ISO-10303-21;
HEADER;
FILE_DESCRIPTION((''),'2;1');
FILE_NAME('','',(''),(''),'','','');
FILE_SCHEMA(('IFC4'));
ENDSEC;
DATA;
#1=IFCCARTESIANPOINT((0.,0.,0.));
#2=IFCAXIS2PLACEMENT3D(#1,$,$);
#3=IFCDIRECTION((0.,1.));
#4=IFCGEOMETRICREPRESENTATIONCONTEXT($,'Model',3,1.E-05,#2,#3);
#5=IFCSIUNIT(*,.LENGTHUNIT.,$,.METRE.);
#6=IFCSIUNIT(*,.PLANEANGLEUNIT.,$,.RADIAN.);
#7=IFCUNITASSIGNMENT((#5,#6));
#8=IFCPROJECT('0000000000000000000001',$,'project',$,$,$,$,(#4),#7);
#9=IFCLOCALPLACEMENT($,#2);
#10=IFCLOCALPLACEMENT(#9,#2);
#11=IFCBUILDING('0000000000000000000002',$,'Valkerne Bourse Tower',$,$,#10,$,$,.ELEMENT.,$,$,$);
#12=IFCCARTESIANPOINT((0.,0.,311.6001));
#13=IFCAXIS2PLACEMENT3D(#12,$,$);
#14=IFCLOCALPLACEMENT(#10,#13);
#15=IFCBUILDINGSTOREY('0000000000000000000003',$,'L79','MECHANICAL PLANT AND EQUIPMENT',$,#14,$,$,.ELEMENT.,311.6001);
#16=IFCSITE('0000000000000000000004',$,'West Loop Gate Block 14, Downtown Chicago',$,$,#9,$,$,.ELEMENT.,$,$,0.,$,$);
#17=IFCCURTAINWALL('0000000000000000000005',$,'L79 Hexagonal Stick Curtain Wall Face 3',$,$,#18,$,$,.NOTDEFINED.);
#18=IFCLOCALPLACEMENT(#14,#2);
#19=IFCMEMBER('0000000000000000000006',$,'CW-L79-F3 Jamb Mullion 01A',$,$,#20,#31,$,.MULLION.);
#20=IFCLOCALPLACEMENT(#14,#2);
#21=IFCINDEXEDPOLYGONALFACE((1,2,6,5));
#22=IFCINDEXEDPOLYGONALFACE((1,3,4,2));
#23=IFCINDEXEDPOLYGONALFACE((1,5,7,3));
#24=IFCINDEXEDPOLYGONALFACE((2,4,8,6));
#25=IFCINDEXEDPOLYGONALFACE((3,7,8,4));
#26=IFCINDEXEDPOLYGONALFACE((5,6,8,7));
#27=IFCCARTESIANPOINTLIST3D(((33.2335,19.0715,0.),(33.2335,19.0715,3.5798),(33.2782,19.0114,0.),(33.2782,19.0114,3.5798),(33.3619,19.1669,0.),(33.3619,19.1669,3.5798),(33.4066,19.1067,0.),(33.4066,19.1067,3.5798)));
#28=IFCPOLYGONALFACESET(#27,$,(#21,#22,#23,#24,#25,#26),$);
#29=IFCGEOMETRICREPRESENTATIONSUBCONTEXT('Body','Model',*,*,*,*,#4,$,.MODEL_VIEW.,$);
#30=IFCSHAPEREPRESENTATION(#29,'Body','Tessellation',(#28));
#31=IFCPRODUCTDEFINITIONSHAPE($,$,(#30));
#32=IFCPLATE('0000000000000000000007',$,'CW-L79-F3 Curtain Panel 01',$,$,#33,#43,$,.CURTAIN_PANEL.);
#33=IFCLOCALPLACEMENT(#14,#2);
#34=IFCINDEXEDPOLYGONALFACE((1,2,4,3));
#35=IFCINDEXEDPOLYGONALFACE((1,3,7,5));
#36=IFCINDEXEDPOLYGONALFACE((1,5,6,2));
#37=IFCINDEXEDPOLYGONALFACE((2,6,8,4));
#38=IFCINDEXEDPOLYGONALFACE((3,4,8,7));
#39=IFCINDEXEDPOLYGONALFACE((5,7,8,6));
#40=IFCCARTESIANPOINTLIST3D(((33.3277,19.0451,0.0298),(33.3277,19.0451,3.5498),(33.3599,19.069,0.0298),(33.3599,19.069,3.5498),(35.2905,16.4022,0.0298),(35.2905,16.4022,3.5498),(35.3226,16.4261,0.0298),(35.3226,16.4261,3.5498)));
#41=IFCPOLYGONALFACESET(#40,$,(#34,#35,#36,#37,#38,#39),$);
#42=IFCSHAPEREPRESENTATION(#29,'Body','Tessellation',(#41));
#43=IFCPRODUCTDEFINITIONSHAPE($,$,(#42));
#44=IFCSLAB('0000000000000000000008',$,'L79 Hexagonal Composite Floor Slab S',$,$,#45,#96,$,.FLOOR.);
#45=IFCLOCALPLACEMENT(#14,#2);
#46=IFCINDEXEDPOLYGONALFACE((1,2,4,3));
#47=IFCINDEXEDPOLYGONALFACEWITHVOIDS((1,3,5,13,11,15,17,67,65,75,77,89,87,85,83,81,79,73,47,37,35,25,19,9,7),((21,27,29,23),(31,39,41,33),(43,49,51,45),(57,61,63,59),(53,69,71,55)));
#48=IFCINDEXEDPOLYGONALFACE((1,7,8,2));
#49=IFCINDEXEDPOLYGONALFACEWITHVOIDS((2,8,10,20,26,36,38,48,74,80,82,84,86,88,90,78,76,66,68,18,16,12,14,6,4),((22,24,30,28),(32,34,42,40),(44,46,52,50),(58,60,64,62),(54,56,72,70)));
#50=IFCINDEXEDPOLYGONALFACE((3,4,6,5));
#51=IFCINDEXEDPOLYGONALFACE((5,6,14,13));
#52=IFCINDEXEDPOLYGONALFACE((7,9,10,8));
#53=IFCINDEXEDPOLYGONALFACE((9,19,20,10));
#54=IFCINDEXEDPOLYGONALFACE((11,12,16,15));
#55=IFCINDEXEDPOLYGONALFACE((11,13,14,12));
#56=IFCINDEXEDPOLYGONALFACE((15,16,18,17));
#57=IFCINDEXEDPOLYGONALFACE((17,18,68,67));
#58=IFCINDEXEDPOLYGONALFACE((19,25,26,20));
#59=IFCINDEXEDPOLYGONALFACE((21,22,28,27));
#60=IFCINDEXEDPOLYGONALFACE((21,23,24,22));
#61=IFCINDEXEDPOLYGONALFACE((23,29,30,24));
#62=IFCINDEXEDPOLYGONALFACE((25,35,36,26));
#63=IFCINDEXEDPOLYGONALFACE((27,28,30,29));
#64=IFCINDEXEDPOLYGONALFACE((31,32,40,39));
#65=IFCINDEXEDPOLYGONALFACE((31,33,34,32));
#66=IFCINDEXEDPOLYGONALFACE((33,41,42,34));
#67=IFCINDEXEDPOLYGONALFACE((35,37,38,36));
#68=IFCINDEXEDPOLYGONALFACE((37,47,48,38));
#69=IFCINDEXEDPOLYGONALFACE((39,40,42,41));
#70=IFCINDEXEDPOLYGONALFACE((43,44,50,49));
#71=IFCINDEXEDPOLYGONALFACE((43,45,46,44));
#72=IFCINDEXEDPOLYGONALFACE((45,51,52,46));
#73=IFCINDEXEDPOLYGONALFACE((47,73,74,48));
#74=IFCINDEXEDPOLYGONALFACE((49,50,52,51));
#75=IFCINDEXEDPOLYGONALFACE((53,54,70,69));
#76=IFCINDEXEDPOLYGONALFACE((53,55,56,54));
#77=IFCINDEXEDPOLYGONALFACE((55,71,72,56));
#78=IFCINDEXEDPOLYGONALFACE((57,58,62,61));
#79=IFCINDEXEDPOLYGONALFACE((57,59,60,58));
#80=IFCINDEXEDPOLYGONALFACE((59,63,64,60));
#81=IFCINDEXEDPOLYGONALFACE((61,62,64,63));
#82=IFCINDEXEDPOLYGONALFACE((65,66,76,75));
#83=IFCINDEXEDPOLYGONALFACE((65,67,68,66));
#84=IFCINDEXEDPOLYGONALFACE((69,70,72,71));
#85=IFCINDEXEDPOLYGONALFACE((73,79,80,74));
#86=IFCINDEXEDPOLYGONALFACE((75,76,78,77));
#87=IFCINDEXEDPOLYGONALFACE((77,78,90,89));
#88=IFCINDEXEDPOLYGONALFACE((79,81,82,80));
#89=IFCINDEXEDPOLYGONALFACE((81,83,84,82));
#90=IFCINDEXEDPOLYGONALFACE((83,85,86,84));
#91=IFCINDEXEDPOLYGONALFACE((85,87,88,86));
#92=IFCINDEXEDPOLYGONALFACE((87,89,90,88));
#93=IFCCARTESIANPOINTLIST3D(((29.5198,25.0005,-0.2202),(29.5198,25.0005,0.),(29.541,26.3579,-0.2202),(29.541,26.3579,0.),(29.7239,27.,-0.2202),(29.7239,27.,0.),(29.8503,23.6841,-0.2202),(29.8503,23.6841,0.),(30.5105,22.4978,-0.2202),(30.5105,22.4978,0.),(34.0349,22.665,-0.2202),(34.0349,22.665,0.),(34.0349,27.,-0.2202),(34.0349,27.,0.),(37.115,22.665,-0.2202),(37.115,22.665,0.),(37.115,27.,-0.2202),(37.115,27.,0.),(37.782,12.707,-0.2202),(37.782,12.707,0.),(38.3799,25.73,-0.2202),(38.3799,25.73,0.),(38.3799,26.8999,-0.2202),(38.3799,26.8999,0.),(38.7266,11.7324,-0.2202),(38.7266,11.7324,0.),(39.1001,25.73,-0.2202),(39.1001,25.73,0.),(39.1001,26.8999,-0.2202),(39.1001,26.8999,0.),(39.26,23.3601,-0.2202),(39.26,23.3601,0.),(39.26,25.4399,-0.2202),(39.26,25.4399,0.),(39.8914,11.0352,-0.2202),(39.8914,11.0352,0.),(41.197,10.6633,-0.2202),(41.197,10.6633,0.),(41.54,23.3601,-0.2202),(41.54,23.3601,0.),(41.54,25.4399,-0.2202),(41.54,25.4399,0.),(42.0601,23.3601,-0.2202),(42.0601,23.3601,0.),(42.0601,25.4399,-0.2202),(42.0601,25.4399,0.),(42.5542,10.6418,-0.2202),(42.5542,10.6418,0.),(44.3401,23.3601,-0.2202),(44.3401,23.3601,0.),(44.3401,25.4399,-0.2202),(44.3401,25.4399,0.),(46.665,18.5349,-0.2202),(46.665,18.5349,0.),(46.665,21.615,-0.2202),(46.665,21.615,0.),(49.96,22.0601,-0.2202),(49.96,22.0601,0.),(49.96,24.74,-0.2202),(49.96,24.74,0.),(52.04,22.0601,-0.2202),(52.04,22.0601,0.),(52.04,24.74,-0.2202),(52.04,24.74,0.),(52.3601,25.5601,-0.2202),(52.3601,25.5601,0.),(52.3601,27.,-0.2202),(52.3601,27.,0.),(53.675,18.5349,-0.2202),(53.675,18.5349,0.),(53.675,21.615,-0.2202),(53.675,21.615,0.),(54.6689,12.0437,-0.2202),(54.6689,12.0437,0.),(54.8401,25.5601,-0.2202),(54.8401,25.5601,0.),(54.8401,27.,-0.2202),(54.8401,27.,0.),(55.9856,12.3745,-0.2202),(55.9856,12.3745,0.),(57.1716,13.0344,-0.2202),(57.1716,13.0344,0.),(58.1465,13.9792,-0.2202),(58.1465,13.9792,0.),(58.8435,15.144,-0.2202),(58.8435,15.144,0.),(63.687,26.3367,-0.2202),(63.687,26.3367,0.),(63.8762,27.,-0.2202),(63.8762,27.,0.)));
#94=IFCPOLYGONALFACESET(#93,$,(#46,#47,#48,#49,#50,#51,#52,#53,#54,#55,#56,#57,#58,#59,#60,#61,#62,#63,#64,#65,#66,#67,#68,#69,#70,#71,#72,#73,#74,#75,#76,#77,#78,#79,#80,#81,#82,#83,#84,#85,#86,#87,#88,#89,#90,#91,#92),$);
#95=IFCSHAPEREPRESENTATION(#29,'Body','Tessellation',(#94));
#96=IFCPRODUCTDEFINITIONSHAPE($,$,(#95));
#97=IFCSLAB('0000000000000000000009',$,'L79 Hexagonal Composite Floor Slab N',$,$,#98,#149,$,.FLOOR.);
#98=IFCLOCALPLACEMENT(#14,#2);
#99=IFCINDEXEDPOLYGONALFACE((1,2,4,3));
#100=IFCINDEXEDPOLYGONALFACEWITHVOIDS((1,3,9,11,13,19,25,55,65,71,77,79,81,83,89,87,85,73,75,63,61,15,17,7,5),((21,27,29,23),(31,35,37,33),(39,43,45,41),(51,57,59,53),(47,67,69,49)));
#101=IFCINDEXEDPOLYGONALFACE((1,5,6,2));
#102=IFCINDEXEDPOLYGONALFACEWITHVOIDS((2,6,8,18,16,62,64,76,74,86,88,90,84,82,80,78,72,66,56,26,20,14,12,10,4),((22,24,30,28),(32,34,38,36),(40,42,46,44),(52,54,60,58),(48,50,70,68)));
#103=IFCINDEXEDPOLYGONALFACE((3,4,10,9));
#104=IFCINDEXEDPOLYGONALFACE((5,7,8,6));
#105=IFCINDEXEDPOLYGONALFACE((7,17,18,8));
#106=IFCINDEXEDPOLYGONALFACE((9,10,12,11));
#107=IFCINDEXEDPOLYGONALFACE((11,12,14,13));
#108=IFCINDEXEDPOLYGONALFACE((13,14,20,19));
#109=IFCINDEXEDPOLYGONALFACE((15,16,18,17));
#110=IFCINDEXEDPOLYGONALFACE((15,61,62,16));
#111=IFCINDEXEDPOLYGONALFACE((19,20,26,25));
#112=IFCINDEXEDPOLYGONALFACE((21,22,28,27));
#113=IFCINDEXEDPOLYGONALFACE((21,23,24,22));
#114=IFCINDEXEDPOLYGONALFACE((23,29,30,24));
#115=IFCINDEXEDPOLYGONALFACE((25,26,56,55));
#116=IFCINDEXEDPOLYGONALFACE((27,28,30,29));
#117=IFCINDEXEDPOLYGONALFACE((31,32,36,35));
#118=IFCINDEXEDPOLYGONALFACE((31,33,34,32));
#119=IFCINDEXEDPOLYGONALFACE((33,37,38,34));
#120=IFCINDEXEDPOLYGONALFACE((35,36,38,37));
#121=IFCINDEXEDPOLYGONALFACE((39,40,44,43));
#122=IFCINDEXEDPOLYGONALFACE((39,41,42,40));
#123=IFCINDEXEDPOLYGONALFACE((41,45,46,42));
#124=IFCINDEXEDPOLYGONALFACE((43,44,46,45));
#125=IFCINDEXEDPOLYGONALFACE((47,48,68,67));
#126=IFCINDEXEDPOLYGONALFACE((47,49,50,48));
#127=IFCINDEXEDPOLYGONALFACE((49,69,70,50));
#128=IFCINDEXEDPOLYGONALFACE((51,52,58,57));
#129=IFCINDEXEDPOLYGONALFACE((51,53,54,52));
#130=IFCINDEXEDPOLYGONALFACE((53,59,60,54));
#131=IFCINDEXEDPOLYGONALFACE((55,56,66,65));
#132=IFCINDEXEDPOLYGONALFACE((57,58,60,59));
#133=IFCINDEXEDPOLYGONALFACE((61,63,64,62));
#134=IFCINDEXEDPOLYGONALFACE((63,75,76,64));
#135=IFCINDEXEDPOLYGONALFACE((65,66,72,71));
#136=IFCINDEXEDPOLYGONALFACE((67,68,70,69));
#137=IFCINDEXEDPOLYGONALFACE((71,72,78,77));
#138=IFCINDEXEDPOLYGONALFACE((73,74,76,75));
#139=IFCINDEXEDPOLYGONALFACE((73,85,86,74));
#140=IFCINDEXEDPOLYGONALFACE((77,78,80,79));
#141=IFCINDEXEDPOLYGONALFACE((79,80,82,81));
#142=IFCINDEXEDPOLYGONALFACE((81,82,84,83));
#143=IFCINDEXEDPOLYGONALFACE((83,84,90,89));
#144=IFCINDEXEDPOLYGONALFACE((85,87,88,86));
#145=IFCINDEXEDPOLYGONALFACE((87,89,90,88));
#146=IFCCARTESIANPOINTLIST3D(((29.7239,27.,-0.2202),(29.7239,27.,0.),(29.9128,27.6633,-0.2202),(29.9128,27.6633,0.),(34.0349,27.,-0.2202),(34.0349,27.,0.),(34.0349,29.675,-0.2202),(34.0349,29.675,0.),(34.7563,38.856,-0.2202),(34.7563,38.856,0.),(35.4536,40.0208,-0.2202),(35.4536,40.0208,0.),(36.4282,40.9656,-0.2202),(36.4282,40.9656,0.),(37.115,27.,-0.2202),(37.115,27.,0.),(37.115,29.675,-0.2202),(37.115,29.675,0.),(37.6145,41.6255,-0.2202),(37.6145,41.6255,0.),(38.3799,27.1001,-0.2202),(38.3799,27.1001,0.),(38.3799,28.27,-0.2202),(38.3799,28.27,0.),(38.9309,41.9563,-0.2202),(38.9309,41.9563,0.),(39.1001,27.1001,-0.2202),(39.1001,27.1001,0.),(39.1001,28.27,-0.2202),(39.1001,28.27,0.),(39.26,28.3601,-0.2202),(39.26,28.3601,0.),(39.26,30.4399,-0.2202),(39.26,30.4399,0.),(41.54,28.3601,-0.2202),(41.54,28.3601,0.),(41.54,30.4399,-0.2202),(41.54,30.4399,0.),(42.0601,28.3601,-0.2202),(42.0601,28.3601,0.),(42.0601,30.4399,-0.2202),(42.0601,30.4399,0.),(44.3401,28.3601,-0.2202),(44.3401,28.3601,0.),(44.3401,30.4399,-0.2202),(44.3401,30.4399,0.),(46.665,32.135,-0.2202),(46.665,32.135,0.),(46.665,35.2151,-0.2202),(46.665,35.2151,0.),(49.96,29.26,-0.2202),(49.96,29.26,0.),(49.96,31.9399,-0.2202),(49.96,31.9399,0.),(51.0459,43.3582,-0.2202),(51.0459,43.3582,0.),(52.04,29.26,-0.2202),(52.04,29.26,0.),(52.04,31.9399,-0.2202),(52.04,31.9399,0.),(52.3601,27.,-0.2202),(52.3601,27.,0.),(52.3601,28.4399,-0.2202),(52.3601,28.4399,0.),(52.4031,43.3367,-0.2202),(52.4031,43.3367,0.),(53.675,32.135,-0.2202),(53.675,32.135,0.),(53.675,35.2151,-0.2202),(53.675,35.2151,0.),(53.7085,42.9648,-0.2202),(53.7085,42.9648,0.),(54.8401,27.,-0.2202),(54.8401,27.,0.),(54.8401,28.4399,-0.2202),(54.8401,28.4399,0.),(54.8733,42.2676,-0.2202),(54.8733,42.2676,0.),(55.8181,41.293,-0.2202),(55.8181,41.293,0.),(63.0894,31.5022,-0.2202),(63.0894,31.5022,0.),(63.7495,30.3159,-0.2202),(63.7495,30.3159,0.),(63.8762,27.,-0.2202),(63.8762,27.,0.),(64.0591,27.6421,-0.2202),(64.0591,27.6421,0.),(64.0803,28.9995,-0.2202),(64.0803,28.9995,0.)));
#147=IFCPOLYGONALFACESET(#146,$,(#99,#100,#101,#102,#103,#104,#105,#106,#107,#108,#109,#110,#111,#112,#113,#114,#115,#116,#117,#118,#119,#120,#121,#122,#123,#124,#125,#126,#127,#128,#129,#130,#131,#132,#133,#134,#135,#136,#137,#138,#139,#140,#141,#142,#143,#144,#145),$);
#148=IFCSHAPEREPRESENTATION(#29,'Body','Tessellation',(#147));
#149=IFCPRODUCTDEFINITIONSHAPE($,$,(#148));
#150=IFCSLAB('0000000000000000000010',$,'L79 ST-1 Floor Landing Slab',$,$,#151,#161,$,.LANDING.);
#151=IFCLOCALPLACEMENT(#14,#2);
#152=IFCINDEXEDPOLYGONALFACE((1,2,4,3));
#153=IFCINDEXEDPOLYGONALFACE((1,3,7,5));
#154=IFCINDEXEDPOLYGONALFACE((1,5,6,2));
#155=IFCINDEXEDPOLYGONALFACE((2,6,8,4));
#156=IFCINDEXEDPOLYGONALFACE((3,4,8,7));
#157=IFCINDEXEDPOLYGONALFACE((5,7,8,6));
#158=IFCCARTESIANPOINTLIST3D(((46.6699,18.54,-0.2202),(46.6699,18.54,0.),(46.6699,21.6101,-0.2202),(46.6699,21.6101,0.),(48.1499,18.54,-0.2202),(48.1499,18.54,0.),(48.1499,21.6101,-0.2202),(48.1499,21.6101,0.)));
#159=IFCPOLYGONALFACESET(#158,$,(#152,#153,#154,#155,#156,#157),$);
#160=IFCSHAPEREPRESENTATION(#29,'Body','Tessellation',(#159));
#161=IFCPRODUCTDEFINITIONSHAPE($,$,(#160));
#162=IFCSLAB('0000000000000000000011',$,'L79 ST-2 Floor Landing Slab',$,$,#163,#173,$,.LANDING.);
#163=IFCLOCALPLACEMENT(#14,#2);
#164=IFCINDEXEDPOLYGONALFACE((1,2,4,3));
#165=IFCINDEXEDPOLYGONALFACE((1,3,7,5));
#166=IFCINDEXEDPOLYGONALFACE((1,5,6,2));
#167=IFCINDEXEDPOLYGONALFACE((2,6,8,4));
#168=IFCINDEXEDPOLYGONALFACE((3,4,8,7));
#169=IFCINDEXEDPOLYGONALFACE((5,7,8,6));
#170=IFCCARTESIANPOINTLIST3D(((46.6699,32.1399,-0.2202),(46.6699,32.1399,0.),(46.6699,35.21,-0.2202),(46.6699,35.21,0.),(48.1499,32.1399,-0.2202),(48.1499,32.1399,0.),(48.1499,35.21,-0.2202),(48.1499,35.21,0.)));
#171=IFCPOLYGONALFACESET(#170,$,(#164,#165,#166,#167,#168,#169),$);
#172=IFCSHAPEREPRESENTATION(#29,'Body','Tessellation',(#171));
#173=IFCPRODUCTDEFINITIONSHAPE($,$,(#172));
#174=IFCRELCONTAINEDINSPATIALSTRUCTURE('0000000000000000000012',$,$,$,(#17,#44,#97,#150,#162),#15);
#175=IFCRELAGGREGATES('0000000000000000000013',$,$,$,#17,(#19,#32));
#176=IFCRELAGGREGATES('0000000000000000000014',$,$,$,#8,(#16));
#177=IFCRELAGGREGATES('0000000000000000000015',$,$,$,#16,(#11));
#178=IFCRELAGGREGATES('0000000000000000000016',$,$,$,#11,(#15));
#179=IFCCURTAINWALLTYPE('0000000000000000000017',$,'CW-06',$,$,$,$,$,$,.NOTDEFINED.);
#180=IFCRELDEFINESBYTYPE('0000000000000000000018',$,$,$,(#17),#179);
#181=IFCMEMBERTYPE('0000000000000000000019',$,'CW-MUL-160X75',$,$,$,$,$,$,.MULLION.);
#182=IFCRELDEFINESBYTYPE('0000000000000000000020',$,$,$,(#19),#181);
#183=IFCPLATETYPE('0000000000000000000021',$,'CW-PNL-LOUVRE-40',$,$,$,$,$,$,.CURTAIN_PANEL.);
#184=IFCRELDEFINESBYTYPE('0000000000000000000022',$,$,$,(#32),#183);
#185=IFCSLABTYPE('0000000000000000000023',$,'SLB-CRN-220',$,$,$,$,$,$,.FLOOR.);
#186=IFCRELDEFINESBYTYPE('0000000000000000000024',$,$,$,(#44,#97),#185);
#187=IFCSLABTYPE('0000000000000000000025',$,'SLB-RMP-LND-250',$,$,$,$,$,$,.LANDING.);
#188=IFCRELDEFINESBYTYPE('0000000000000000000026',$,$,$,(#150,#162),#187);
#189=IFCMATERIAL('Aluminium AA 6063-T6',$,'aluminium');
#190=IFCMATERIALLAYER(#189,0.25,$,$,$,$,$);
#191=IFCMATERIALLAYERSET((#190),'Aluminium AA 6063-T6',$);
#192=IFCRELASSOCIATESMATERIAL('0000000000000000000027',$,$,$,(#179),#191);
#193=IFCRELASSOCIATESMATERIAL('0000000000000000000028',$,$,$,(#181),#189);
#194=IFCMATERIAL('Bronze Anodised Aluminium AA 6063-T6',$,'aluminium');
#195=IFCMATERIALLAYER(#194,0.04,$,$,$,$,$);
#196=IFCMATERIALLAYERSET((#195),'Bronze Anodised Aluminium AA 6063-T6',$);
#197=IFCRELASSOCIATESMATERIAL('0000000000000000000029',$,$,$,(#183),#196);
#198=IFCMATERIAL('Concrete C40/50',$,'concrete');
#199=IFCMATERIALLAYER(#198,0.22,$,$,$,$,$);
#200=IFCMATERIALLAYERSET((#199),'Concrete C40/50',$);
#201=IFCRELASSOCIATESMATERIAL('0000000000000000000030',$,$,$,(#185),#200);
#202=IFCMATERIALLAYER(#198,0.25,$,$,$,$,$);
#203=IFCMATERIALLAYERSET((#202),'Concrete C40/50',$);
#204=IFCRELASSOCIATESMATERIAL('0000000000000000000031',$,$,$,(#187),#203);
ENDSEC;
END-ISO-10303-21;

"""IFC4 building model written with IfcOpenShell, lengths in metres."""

from ifc_helpers import new_model, si_unit, direction, frame, origin, origin_2d, place, context, subcontext, project, spatial, polyline, rectangle, outline, extrude, material, layer, layer_set, material_profile, profile_set, type_object, element, aggregate, save


model = new_model("IFC4")

# Units and contexts
model_context = context("Model", 3, precision=1e-05, world=origin(), true_north=direction((0.0, 1.0)))
body_context = subcontext(model_context, "Body", "Model", "MODEL_VIEW")
ifc_project = project(units=[si_unit("LENGTHUNIT", "METRE"), si_unit("PLANEANGLEUNIT", "RADIAN")], contexts=[model_context])

# Site, building, storey
site_placement = place(None, origin())
site = spatial("IfcSite", under=ifc_project, at=site_placement, Name="West Loop Gate Block 14, Downtown Chicago", CompositionType="ELEMENT", RefElevation=0.0)
building_placement = place(site_placement, origin())
building = spatial("IfcBuilding", under=site, at=building_placement, Name="Valkerne Bourse Tower", CompositionType="ELEMENT")
storey_placement = place(building_placement, frame((0.0, 0.0, 311.6001)))
storey = spatial("IfcBuildingStorey", under=building, at=storey_placement, Name="L79", Description="MECHANICAL PLANT AND EQUIPMENT", CompositionType="ELEMENT", Elevation=311.6001)

# Curtain wall, member, plate
ifc_material_1 = material(Name="Aluminium AA 6063-T6", Category="aluminium")
ifc_layer_1 = layer(ifc_material_1, 0.25)
ifc_layer_set_1 = layer_set([ifc_layer_1], Name="Aluminium AA 6063-T6")
curtain_wall_type = type_object("IfcCurtainWallType", Name="CW-06", PredefinedType="NOTDEFINED", material=ifc_layer_set_1)
curtain_wall_placement = place(storey_placement, origin())
curtain_wall = element("IfcCurtainWall", 1, at=curtain_wall_placement, inside=storey, type_object=curtain_wall_type, Name="L79 Hexagonal Stick Curtain Wall Face 3", PredefinedType="NOTDEFINED")
ifc_material_profile = material_profile(ifc_material_1, rectangle(XDim=0.075, YDim=0.1599, at=origin_2d()), Name="CWM-75X160")
ifc_profile_set = profile_set([ifc_material_profile], Name="Aluminium AA 6063-T6")
member_type = type_object("IfcMemberType", Name="CW-MUL-160X75", PredefinedType="MULLION", material=ifc_profile_set)
member_placement = place(storey_placement, frame((33.3201, 19.0891, 0.0), z_axis=(0.0, 0.0, 1.0), x_axis=(0.596221, -0.80282, 0.0)))
member = element("IfcMember", 2, at=member_placement, type_object=member_type, Name="CW-L79-F3 Jamb Mullion 01A", PredefinedType="MULLION", context=body_context, shape_type="SweptSolid", body=[
    extrude(rectangle(XDim=0.075, YDim=0.1599, at=origin_2d()), origin(), (0.0, 0.0, 1.0), 3.5798),
])
ifc_material_2 = material(Name="Bronze Anodised Aluminium AA 6063-T6", Category="aluminium")
ifc_layer_2 = layer(ifc_material_2, 0.04)
ifc_layer_set_2 = layer_set([ifc_layer_2], Name="Bronze Anodised Aluminium AA 6063-T6")
plate_type = type_object("IfcPlateType", Name="CW-PNL-LOUVRE-40", PredefinedType="CURTAIN_PANEL", material=ifc_layer_set_2)
plate_placement = place(storey_placement, frame((34.3252, 17.7356, 0.0298), z_axis=(0.0, 0.0, 1.0), x_axis=(0.596221, -0.80282, 0.0)))
plate = element("IfcPlate", 3, at=plate_placement, type_object=plate_type, Name="CW-L79-F3 Curtain Panel 01", PredefinedType="CURTAIN_PANEL", context=body_context, shape_type="SweptSolid", body=[
    extrude(rectangle(XDim=3.292, YDim=0.04, at=origin_2d()), origin(), (0.0, 0.0, 1.0), 3.52),
])
aggregate(curtain_wall, [member, plate])

# Slabs
ifc_material_3 = material(Name="Concrete C40/50", Category="concrete")
ifc_layer_3 = layer(ifc_material_3, 0.22)
ifc_layer_set_3 = layer_set([ifc_layer_3], Name="Concrete C40/50")
slab_type_1 = type_object("IfcSlabType", Name="SLB-CRN-220", PredefinedType="FLOOR", material=ifc_layer_set_3)
slab_1_placement = place(storey_placement, frame((0.0, 0.0, -0.2202)))
element("IfcSlab", 4, at=slab_1_placement, inside=storey, type_object=slab_type_1, Name="L79 Hexagonal Composite Floor Slab S", PredefinedType="FLOOR", context=body_context, shape_type="SweptSolid", body=[
    extrude(outline(polyline([(63.687, 26.3367), (58.8435, 15.144), (58.1465, 13.9792), (57.1716, 13.0344), (55.9856, 12.3745), (54.6689, 12.0437), (42.5542, 10.6418), (41.197, 10.6633), (39.8914, 11.0352), (38.7266, 11.7324), (37.782, 12.707), (30.5105, 22.4978), (29.8503, 23.6841), (29.5198, 25.0005), (29.541, 26.3579), (29.7239, 27.0), (34.0349, 27.0), (34.0349, 22.665), (37.115, 22.665), (37.115, 27.0), (52.3601, 27.0), (52.3601, 25.5601), (54.8401, 25.5601), (54.8401, 27.0), (63.8762, 27.0), (63.687, 26.3367)]), holes=[polyline([(39.26, 25.4399), (39.26, 23.3601), (41.54, 23.3601), (41.54, 25.4399), (39.26, 25.4399)]), polyline([(44.3401, 25.4399), (42.0601, 25.4399), (42.0601, 23.3601), (44.3401, 23.3601), (44.3401, 25.4399)]), polyline([(38.3799, 26.8999), (38.3799, 25.73), (39.1001, 25.73), (39.1001, 26.8999), (38.3799, 26.8999)]), polyline([(46.665, 21.615), (46.665, 18.5349), (53.675, 18.5349), (53.675, 21.615), (46.665, 21.615)]), polyline([(52.04, 24.74), (49.96, 24.74), (49.96, 22.0601), (52.04, 22.0601), (52.04, 24.74)])]), origin(), (0.0, 0.0, 1.0), 0.2202),
])
slab_2_placement = place(storey_placement, frame((0.0, 0.0, -0.2202)))
element("IfcSlab", 5, at=slab_2_placement, inside=storey, type_object=slab_type_1, Name="L79 Hexagonal Composite Floor Slab N", PredefinedType="FLOOR", context=body_context, shape_type="SweptSolid", body=[
    extrude(outline(polyline([(63.7495, 30.3159), (64.0803, 28.9995), (64.0591, 27.6421), (63.8762, 27.0), (54.8401, 27.0), (54.8401, 28.4399), (52.3601, 28.4399), (52.3601, 27.0), (37.115, 27.0), (37.115, 29.675), (34.0349, 29.675), (34.0349, 27.0), (29.7239, 27.0), (29.9128, 27.6633), (34.7563, 38.856), (35.4536, 40.0208), (36.4282, 40.9656), (37.6145, 41.6255), (38.9309, 41.9563), (51.0459, 43.3582), (52.4031, 43.3367), (53.7085, 42.9648), (54.8733, 42.2676), (55.8181, 41.293), (63.0894, 31.5022), (63.7495, 30.3159)]), holes=[polyline([(39.1001, 28.27), (38.3799, 28.27), (38.3799, 27.1001), (39.1001, 27.1001), (39.1001, 28.27)]), polyline([(41.54, 30.4399), (39.26, 30.4399), (39.26, 28.3601), (41.54, 28.3601), (41.54, 30.4399)]), polyline([(42.0601, 30.4399), (42.0601, 28.3601), (44.3401, 28.3601), (44.3401, 30.4399), (42.0601, 30.4399)]), polyline([(52.04, 31.9399), (49.96, 31.9399), (49.96, 29.26), (52.04, 29.26), (52.04, 31.9399)]), polyline([(53.675, 35.2151), (46.665, 35.2151), (46.665, 32.135), (53.675, 32.135), (53.675, 35.2151)])]), origin(), (0.0, 0.0, 1.0), 0.2202),
])
ifc_layer_4 = layer(ifc_material_3, 0.25)
ifc_layer_set_4 = layer_set([ifc_layer_4], Name="Concrete C40/50")
slab_type_2 = type_object("IfcSlabType", Name="SLB-RMP-LND-250", PredefinedType="LANDING", material=ifc_layer_set_4)
slab_3_placement = place(storey_placement, frame((0.0, 0.0, -0.2202)))
element("IfcSlab", 6, at=slab_3_placement, inside=storey, type_object=slab_type_2, Name="L79 ST-1 Floor Landing Slab", PredefinedType="LANDING", context=body_context, shape_type="SweptSolid", body=[
    extrude(outline(polyline([(46.6699, 18.54), (48.1499, 18.54), (48.1499, 21.6101), (46.6699, 21.6101), (46.6699, 18.54)])), origin(), (0.0, 0.0, 1.0), 0.2202),
])
slab_4_placement = place(storey_placement, frame((0.0, 0.0, -0.2202)))
element("IfcSlab", 7, at=slab_4_placement, inside=storey, type_object=slab_type_2, Name="L79 ST-2 Floor Landing Slab", PredefinedType="LANDING", context=body_context, shape_type="SweptSolid", body=[
    extrude(outline(polyline([(46.6699, 32.1399), (48.1499, 32.1399), (48.1499, 35.21), (46.6699, 35.21), (46.6699, 32.1399)])), origin(), (0.0, 0.0, 1.0), 0.2202),
])

save(model, "model.ifc")
